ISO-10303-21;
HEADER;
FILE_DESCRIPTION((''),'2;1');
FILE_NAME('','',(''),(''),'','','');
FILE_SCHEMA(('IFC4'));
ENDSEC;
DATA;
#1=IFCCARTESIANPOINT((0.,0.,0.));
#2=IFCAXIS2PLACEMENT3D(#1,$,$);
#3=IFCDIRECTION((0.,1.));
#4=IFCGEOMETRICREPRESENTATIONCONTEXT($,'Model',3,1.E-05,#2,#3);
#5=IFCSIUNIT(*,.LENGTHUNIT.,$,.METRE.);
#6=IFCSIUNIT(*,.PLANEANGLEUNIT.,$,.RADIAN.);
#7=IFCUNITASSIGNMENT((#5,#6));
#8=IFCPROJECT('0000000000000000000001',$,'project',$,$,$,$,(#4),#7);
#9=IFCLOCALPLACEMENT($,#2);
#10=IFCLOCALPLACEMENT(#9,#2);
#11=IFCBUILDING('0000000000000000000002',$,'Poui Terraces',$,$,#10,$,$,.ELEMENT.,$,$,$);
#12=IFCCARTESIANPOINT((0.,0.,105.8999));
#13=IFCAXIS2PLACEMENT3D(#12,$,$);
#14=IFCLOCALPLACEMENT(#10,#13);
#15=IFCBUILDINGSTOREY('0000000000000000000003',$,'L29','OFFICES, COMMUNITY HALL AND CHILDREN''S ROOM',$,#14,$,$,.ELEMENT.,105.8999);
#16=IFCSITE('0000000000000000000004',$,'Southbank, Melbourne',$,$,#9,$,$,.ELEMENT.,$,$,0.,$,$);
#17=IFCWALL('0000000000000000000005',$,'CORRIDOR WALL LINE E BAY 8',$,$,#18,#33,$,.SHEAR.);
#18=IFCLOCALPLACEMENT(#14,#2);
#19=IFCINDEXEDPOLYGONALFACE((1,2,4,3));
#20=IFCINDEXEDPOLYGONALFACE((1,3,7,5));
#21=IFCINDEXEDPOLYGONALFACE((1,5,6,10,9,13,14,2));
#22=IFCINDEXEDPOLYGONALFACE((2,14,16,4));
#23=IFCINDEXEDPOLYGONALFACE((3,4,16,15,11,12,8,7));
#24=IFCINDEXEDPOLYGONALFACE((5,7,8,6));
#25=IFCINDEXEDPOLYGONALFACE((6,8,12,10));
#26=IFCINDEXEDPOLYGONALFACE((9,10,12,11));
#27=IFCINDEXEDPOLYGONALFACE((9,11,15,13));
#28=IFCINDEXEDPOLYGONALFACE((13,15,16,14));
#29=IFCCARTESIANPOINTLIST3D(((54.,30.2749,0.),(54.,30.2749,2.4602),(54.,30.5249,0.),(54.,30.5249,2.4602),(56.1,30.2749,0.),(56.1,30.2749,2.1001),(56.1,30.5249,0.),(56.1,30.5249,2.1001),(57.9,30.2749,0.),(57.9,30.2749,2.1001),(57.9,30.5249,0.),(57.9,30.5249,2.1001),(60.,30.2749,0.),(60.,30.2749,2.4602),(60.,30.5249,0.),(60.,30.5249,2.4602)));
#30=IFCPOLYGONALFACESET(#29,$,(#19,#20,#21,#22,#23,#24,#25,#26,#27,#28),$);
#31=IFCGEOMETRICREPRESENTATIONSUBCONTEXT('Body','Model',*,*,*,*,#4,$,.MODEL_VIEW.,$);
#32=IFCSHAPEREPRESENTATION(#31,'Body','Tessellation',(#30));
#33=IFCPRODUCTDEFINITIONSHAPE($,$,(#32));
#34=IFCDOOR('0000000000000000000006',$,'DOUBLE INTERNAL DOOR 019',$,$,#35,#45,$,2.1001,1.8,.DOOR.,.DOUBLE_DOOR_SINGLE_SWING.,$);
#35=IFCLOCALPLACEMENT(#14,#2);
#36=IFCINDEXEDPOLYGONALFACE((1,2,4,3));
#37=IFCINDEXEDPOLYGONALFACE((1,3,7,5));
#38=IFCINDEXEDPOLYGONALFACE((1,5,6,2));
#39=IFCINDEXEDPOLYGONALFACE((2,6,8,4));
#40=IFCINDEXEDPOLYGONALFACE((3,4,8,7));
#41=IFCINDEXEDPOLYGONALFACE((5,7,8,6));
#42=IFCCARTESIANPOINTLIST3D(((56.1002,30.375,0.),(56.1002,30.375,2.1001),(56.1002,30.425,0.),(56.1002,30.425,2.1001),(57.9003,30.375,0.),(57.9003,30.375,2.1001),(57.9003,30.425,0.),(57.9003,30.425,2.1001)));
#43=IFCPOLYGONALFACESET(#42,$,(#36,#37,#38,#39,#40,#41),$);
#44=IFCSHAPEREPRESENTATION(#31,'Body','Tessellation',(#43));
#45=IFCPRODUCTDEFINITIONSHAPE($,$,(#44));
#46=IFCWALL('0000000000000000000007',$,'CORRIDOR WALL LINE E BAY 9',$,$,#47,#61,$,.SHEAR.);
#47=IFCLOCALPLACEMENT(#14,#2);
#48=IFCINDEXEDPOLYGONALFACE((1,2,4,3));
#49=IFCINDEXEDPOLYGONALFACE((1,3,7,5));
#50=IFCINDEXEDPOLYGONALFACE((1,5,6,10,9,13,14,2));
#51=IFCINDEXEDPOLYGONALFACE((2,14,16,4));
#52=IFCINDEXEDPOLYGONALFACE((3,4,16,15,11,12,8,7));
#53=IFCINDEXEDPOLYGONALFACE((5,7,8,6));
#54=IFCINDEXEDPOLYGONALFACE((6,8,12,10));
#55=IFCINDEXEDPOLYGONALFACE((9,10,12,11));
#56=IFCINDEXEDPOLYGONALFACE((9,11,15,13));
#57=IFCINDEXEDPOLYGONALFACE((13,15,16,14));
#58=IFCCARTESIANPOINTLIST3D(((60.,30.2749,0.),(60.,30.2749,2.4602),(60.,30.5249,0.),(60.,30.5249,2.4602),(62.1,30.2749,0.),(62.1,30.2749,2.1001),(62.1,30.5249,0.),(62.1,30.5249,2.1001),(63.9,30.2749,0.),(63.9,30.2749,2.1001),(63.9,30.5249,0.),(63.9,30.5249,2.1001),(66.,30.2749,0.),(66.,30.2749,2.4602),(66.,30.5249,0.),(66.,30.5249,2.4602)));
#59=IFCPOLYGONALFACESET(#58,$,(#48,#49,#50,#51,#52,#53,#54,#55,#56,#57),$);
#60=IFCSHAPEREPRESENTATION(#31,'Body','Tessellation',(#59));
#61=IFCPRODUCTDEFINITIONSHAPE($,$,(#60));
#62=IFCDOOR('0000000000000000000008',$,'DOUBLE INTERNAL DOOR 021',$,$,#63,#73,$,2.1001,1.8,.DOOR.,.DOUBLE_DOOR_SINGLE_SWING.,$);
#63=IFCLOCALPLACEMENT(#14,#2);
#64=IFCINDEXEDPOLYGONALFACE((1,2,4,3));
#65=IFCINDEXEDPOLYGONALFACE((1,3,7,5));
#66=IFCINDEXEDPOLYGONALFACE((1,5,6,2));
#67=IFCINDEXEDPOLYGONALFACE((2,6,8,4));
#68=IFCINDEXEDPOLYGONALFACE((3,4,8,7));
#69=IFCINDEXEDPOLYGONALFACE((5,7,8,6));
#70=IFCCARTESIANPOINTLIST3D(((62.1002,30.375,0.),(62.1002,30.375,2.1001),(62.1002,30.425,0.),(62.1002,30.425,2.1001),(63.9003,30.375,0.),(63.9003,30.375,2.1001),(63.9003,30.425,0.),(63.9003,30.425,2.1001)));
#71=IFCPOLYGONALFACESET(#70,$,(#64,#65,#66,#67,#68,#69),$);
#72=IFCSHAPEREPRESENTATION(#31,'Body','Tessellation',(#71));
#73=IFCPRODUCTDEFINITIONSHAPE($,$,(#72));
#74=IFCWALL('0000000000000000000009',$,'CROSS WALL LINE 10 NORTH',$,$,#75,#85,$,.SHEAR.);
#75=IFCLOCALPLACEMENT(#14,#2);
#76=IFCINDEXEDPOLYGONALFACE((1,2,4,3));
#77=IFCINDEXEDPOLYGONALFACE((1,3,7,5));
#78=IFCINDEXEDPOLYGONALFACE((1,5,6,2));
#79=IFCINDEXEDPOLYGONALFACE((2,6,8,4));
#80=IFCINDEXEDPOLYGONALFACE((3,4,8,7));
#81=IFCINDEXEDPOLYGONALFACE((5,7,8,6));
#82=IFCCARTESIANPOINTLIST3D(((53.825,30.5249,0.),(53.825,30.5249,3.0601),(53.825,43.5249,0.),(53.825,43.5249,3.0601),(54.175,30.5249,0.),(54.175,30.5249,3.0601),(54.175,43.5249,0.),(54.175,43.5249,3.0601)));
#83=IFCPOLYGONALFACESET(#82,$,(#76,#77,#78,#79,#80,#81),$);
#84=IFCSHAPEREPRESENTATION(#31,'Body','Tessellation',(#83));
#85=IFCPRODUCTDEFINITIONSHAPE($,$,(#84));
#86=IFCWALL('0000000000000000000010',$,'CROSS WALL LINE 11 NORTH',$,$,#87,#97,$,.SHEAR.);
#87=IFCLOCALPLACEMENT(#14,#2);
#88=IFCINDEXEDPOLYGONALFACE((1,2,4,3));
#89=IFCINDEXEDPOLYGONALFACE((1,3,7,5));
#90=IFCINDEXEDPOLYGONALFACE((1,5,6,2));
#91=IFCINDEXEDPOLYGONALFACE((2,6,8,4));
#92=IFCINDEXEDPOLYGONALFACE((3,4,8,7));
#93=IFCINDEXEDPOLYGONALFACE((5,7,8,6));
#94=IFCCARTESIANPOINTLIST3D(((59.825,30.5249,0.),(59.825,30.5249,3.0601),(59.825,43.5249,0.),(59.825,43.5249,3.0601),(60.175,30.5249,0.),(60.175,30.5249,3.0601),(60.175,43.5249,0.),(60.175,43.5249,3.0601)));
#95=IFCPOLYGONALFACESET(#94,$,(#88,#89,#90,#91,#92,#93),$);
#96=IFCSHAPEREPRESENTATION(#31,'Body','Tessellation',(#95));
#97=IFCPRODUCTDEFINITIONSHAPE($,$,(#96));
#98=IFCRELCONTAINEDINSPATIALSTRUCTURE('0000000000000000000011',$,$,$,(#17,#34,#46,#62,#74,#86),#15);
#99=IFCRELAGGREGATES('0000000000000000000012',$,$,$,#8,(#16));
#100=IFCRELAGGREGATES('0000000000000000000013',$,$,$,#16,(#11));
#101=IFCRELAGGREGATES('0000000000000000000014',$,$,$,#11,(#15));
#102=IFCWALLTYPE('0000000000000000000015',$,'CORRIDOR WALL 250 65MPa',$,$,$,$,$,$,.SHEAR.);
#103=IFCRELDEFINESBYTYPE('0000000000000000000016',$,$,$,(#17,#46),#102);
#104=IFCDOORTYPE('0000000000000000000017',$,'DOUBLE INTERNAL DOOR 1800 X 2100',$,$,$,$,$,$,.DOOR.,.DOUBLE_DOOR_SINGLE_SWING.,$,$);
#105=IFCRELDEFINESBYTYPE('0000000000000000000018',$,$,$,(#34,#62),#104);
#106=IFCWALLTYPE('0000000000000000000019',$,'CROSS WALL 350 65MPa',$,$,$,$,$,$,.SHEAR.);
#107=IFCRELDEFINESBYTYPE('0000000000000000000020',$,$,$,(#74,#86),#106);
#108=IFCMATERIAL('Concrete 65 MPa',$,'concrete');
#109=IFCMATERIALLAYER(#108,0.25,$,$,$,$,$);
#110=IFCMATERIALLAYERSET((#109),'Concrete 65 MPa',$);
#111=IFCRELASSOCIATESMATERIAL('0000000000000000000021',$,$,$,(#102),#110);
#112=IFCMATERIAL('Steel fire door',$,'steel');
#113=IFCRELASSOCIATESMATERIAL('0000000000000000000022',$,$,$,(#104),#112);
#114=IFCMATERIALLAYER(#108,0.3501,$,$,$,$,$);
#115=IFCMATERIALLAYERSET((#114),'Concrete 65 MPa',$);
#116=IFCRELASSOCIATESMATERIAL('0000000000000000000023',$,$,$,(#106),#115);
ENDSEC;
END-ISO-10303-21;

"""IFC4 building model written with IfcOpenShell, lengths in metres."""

from ifc_helpers import new_model, si_unit, direction, frame, frame_2d, origin, place, context, subcontext, project, spatial, rectangle, extrude, material, layer, layer_set, type_object, element, fill, save


model = new_model("IFC4")

# Units and contexts
model_context = context("Model", 3, precision=1e-05, world=origin(), true_north=direction((0.0, 1.0)))
body_context = subcontext(model_context, "Body", "Model", "MODEL_VIEW")
ifc_project = project(units=[si_unit("LENGTHUNIT", "METRE"), si_unit("PLANEANGLEUNIT", "RADIAN")], contexts=[model_context])

# Site, building, storey
site_placement = place(None, origin())
site = spatial("IfcSite", under=ifc_project, at=site_placement, Name="Southbank, Melbourne", CompositionType="ELEMENT", RefElevation=0.0)
building_placement = place(site_placement, origin())
building = spatial("IfcBuilding", under=site, at=building_placement, Name="Poui Terraces", CompositionType="ELEMENT")
storey_placement = place(building_placement, frame((0.0, 0.0, 105.8999)))
storey = spatial("IfcBuildingStorey", under=building, at=storey_placement, Name="L29", Description="OFFICES, COMMUNITY HALL AND CHILDREN'S ROOM", CompositionType="ELEMENT", Elevation=105.8999)

# Shared definitions
ifc_material_1 = material(Name="Concrete 65 MPa", Category="concrete")

# Walls, openings, doors
ifc_layer_1 = layer(ifc_material_1, 0.25)
ifc_layer_set_1 = layer_set([ifc_layer_1], Name="Concrete 65 MPa")
wall_type_1 = type_object("IfcWallType", Name="CORRIDOR WALL 250 65MPa", PredefinedType="SHEAR", material=ifc_layer_set_1)
ifc_material_2 = material(Name="Steel fire door", Category="steel")
door_type = type_object("IfcDoorType", Name="DOUBLE INTERNAL DOOR 1800 X 2100", OperationType="DOUBLE_DOOR_SINGLE_SWING", PredefinedType="DOOR", material=ifc_material_2)
wall_1_placement = place(storey_placement, frame((54.0, 30.3999, 0.0), z_axis=(0.0, 0.0, 1.0), x_axis=(1.0, 0.0, 0.0)))
wall_1 = element("IfcWall", 1, at=wall_1_placement, inside=storey, type_object=wall_type_1, Name="CORRIDOR WALL LINE E BAY 8", PredefinedType="SHEAR", context=body_context, shape_type="SweptSolid", body=[
    extrude(rectangle(XDim=6.0, YDim=0.25, at=frame_2d((3.0, 0.0))), origin(), (0.0, 0.0, 1.0), 2.4602),
])
opening_1_placement = place(wall_1_placement, frame((2.1001, 0.0, 0.0)))
opening_1 = element("IfcOpeningElement", 2, at=opening_1_placement, cuts=wall_1, PredefinedType="OPENING", context=body_context, shape_type="SweptSolid", body=[
    extrude(rectangle(XDim=1.8, YDim=2.1001, at=frame_2d((0.8999, 1.05))), frame((0.0, 0.135, 0.0), z_axis=(0.0, -1.0, 0.0), x_axis=(1.0, 0.0, 0.0)), (0.0, 0.0, 1.0), 0.27),
])
door_1_placement = place(opening_1_placement, frame((1.8, 0.0, 0.0), z_axis=(0.0, 0.0, 1.0), x_axis=(-1.0, 0.0, 0.0)))
door_1 = element("IfcDoor", 3, at=door_1_placement, inside=storey, type_object=door_type, Name="DOUBLE INTERNAL DOOR 019", OperationType="DOUBLE_DOOR_SINGLE_SWING", OverallHeight=2.1001, OverallWidth=1.8, PredefinedType="DOOR", context=body_context, shape_type="SweptSolid", body=[
    extrude(rectangle(XDim=1.8, YDim=2.1001, at=frame_2d((0.8999, 1.05))), frame((0.0, 0.0249, 0.0), z_axis=(0.0, -1.0, 0.0), x_axis=(1.0, 0.0, 0.0)), (0.0, 0.0, 1.0), 0.05),
])
fill(opening_1, door_1)
wall_2_placement = place(storey_placement, frame((60.0, 30.3999, 0.0), z_axis=(0.0, 0.0, 1.0), x_axis=(1.0, 0.0, 0.0)))
wall_2 = element("IfcWall", 4, at=wall_2_placement, inside=storey, type_object=wall_type_1, Name="CORRIDOR WALL LINE E BAY 9", PredefinedType="SHEAR", context=body_context, shape_type="SweptSolid", body=[
    extrude(rectangle(XDim=6.0, YDim=0.25, at=frame_2d((3.0, 0.0))), origin(), (0.0, 0.0, 1.0), 2.4602),
])
opening_2_placement = place(wall_2_placement, frame((2.1001, 0.0, 0.0)))
opening_2 = element("IfcOpeningElement", 5, at=opening_2_placement, cuts=wall_2, PredefinedType="OPENING", context=body_context, shape_type="SweptSolid", body=[
    extrude(rectangle(XDim=1.8, YDim=2.1001, at=frame_2d((0.8999, 1.05))), frame((0.0, 0.135, 0.0), z_axis=(0.0, -1.0, 0.0), x_axis=(1.0, 0.0, 0.0)), (0.0, 0.0, 1.0), 0.27),
])
door_2_placement = place(opening_2_placement, frame((1.8, 0.0, 0.0), z_axis=(0.0, 0.0, 1.0), x_axis=(-1.0, 0.0, 0.0)))
door_2 = element("IfcDoor", 6, at=door_2_placement, inside=storey, type_object=door_type, Name="DOUBLE INTERNAL DOOR 021", OperationType="DOUBLE_DOOR_SINGLE_SWING", OverallHeight=2.1001, OverallWidth=1.8, PredefinedType="DOOR", context=body_context, shape_type="SweptSolid", body=[
    extrude(rectangle(XDim=1.8, YDim=2.1001, at=frame_2d((0.8999, 1.05))), frame((0.0, 0.0249, 0.0), z_axis=(0.0, -1.0, 0.0), x_axis=(1.0, 0.0, 0.0)), (0.0, 0.0, 1.0), 0.05),
])
fill(opening_2, door_2)

# Walls
ifc_layer_2 = layer(ifc_material_1, 0.3501)
ifc_layer_set_2 = layer_set([ifc_layer_2], Name="Concrete 65 MPa")
wall_type_2 = type_object("IfcWallType", Name="CROSS WALL 350 65MPa", PredefinedType="SHEAR", material=ifc_layer_set_2)
for number, where, z_axis, x_axis, name in (
    (7, (54.0, 30.5249, 0.0), (0.0, 0.0, 1.0), (0.0, 1.0, 0.0), "CROSS WALL LINE 10 NORTH"),
    (8, (60.0, 30.5249, 0.0), (0.0, 0.0, 1.0), (0.0, 1.0, 0.0), "CROSS WALL LINE 11 NORTH"),
):
    element("IfcWall", number, at=place(storey_placement, frame(where, z_axis=z_axis, x_axis=x_axis)), inside=storey, type_object=wall_type_2, Name=name, PredefinedType="SHEAR", context=body_context, shape_type="SweptSolid", body=[
        extrude(rectangle(XDim=13.0, YDim=0.3501, at=frame_2d((6.5, 0.0))), origin(), (0.0, 0.0, 1.0), 3.0601),
    ])

save(model, "model.ifc")
